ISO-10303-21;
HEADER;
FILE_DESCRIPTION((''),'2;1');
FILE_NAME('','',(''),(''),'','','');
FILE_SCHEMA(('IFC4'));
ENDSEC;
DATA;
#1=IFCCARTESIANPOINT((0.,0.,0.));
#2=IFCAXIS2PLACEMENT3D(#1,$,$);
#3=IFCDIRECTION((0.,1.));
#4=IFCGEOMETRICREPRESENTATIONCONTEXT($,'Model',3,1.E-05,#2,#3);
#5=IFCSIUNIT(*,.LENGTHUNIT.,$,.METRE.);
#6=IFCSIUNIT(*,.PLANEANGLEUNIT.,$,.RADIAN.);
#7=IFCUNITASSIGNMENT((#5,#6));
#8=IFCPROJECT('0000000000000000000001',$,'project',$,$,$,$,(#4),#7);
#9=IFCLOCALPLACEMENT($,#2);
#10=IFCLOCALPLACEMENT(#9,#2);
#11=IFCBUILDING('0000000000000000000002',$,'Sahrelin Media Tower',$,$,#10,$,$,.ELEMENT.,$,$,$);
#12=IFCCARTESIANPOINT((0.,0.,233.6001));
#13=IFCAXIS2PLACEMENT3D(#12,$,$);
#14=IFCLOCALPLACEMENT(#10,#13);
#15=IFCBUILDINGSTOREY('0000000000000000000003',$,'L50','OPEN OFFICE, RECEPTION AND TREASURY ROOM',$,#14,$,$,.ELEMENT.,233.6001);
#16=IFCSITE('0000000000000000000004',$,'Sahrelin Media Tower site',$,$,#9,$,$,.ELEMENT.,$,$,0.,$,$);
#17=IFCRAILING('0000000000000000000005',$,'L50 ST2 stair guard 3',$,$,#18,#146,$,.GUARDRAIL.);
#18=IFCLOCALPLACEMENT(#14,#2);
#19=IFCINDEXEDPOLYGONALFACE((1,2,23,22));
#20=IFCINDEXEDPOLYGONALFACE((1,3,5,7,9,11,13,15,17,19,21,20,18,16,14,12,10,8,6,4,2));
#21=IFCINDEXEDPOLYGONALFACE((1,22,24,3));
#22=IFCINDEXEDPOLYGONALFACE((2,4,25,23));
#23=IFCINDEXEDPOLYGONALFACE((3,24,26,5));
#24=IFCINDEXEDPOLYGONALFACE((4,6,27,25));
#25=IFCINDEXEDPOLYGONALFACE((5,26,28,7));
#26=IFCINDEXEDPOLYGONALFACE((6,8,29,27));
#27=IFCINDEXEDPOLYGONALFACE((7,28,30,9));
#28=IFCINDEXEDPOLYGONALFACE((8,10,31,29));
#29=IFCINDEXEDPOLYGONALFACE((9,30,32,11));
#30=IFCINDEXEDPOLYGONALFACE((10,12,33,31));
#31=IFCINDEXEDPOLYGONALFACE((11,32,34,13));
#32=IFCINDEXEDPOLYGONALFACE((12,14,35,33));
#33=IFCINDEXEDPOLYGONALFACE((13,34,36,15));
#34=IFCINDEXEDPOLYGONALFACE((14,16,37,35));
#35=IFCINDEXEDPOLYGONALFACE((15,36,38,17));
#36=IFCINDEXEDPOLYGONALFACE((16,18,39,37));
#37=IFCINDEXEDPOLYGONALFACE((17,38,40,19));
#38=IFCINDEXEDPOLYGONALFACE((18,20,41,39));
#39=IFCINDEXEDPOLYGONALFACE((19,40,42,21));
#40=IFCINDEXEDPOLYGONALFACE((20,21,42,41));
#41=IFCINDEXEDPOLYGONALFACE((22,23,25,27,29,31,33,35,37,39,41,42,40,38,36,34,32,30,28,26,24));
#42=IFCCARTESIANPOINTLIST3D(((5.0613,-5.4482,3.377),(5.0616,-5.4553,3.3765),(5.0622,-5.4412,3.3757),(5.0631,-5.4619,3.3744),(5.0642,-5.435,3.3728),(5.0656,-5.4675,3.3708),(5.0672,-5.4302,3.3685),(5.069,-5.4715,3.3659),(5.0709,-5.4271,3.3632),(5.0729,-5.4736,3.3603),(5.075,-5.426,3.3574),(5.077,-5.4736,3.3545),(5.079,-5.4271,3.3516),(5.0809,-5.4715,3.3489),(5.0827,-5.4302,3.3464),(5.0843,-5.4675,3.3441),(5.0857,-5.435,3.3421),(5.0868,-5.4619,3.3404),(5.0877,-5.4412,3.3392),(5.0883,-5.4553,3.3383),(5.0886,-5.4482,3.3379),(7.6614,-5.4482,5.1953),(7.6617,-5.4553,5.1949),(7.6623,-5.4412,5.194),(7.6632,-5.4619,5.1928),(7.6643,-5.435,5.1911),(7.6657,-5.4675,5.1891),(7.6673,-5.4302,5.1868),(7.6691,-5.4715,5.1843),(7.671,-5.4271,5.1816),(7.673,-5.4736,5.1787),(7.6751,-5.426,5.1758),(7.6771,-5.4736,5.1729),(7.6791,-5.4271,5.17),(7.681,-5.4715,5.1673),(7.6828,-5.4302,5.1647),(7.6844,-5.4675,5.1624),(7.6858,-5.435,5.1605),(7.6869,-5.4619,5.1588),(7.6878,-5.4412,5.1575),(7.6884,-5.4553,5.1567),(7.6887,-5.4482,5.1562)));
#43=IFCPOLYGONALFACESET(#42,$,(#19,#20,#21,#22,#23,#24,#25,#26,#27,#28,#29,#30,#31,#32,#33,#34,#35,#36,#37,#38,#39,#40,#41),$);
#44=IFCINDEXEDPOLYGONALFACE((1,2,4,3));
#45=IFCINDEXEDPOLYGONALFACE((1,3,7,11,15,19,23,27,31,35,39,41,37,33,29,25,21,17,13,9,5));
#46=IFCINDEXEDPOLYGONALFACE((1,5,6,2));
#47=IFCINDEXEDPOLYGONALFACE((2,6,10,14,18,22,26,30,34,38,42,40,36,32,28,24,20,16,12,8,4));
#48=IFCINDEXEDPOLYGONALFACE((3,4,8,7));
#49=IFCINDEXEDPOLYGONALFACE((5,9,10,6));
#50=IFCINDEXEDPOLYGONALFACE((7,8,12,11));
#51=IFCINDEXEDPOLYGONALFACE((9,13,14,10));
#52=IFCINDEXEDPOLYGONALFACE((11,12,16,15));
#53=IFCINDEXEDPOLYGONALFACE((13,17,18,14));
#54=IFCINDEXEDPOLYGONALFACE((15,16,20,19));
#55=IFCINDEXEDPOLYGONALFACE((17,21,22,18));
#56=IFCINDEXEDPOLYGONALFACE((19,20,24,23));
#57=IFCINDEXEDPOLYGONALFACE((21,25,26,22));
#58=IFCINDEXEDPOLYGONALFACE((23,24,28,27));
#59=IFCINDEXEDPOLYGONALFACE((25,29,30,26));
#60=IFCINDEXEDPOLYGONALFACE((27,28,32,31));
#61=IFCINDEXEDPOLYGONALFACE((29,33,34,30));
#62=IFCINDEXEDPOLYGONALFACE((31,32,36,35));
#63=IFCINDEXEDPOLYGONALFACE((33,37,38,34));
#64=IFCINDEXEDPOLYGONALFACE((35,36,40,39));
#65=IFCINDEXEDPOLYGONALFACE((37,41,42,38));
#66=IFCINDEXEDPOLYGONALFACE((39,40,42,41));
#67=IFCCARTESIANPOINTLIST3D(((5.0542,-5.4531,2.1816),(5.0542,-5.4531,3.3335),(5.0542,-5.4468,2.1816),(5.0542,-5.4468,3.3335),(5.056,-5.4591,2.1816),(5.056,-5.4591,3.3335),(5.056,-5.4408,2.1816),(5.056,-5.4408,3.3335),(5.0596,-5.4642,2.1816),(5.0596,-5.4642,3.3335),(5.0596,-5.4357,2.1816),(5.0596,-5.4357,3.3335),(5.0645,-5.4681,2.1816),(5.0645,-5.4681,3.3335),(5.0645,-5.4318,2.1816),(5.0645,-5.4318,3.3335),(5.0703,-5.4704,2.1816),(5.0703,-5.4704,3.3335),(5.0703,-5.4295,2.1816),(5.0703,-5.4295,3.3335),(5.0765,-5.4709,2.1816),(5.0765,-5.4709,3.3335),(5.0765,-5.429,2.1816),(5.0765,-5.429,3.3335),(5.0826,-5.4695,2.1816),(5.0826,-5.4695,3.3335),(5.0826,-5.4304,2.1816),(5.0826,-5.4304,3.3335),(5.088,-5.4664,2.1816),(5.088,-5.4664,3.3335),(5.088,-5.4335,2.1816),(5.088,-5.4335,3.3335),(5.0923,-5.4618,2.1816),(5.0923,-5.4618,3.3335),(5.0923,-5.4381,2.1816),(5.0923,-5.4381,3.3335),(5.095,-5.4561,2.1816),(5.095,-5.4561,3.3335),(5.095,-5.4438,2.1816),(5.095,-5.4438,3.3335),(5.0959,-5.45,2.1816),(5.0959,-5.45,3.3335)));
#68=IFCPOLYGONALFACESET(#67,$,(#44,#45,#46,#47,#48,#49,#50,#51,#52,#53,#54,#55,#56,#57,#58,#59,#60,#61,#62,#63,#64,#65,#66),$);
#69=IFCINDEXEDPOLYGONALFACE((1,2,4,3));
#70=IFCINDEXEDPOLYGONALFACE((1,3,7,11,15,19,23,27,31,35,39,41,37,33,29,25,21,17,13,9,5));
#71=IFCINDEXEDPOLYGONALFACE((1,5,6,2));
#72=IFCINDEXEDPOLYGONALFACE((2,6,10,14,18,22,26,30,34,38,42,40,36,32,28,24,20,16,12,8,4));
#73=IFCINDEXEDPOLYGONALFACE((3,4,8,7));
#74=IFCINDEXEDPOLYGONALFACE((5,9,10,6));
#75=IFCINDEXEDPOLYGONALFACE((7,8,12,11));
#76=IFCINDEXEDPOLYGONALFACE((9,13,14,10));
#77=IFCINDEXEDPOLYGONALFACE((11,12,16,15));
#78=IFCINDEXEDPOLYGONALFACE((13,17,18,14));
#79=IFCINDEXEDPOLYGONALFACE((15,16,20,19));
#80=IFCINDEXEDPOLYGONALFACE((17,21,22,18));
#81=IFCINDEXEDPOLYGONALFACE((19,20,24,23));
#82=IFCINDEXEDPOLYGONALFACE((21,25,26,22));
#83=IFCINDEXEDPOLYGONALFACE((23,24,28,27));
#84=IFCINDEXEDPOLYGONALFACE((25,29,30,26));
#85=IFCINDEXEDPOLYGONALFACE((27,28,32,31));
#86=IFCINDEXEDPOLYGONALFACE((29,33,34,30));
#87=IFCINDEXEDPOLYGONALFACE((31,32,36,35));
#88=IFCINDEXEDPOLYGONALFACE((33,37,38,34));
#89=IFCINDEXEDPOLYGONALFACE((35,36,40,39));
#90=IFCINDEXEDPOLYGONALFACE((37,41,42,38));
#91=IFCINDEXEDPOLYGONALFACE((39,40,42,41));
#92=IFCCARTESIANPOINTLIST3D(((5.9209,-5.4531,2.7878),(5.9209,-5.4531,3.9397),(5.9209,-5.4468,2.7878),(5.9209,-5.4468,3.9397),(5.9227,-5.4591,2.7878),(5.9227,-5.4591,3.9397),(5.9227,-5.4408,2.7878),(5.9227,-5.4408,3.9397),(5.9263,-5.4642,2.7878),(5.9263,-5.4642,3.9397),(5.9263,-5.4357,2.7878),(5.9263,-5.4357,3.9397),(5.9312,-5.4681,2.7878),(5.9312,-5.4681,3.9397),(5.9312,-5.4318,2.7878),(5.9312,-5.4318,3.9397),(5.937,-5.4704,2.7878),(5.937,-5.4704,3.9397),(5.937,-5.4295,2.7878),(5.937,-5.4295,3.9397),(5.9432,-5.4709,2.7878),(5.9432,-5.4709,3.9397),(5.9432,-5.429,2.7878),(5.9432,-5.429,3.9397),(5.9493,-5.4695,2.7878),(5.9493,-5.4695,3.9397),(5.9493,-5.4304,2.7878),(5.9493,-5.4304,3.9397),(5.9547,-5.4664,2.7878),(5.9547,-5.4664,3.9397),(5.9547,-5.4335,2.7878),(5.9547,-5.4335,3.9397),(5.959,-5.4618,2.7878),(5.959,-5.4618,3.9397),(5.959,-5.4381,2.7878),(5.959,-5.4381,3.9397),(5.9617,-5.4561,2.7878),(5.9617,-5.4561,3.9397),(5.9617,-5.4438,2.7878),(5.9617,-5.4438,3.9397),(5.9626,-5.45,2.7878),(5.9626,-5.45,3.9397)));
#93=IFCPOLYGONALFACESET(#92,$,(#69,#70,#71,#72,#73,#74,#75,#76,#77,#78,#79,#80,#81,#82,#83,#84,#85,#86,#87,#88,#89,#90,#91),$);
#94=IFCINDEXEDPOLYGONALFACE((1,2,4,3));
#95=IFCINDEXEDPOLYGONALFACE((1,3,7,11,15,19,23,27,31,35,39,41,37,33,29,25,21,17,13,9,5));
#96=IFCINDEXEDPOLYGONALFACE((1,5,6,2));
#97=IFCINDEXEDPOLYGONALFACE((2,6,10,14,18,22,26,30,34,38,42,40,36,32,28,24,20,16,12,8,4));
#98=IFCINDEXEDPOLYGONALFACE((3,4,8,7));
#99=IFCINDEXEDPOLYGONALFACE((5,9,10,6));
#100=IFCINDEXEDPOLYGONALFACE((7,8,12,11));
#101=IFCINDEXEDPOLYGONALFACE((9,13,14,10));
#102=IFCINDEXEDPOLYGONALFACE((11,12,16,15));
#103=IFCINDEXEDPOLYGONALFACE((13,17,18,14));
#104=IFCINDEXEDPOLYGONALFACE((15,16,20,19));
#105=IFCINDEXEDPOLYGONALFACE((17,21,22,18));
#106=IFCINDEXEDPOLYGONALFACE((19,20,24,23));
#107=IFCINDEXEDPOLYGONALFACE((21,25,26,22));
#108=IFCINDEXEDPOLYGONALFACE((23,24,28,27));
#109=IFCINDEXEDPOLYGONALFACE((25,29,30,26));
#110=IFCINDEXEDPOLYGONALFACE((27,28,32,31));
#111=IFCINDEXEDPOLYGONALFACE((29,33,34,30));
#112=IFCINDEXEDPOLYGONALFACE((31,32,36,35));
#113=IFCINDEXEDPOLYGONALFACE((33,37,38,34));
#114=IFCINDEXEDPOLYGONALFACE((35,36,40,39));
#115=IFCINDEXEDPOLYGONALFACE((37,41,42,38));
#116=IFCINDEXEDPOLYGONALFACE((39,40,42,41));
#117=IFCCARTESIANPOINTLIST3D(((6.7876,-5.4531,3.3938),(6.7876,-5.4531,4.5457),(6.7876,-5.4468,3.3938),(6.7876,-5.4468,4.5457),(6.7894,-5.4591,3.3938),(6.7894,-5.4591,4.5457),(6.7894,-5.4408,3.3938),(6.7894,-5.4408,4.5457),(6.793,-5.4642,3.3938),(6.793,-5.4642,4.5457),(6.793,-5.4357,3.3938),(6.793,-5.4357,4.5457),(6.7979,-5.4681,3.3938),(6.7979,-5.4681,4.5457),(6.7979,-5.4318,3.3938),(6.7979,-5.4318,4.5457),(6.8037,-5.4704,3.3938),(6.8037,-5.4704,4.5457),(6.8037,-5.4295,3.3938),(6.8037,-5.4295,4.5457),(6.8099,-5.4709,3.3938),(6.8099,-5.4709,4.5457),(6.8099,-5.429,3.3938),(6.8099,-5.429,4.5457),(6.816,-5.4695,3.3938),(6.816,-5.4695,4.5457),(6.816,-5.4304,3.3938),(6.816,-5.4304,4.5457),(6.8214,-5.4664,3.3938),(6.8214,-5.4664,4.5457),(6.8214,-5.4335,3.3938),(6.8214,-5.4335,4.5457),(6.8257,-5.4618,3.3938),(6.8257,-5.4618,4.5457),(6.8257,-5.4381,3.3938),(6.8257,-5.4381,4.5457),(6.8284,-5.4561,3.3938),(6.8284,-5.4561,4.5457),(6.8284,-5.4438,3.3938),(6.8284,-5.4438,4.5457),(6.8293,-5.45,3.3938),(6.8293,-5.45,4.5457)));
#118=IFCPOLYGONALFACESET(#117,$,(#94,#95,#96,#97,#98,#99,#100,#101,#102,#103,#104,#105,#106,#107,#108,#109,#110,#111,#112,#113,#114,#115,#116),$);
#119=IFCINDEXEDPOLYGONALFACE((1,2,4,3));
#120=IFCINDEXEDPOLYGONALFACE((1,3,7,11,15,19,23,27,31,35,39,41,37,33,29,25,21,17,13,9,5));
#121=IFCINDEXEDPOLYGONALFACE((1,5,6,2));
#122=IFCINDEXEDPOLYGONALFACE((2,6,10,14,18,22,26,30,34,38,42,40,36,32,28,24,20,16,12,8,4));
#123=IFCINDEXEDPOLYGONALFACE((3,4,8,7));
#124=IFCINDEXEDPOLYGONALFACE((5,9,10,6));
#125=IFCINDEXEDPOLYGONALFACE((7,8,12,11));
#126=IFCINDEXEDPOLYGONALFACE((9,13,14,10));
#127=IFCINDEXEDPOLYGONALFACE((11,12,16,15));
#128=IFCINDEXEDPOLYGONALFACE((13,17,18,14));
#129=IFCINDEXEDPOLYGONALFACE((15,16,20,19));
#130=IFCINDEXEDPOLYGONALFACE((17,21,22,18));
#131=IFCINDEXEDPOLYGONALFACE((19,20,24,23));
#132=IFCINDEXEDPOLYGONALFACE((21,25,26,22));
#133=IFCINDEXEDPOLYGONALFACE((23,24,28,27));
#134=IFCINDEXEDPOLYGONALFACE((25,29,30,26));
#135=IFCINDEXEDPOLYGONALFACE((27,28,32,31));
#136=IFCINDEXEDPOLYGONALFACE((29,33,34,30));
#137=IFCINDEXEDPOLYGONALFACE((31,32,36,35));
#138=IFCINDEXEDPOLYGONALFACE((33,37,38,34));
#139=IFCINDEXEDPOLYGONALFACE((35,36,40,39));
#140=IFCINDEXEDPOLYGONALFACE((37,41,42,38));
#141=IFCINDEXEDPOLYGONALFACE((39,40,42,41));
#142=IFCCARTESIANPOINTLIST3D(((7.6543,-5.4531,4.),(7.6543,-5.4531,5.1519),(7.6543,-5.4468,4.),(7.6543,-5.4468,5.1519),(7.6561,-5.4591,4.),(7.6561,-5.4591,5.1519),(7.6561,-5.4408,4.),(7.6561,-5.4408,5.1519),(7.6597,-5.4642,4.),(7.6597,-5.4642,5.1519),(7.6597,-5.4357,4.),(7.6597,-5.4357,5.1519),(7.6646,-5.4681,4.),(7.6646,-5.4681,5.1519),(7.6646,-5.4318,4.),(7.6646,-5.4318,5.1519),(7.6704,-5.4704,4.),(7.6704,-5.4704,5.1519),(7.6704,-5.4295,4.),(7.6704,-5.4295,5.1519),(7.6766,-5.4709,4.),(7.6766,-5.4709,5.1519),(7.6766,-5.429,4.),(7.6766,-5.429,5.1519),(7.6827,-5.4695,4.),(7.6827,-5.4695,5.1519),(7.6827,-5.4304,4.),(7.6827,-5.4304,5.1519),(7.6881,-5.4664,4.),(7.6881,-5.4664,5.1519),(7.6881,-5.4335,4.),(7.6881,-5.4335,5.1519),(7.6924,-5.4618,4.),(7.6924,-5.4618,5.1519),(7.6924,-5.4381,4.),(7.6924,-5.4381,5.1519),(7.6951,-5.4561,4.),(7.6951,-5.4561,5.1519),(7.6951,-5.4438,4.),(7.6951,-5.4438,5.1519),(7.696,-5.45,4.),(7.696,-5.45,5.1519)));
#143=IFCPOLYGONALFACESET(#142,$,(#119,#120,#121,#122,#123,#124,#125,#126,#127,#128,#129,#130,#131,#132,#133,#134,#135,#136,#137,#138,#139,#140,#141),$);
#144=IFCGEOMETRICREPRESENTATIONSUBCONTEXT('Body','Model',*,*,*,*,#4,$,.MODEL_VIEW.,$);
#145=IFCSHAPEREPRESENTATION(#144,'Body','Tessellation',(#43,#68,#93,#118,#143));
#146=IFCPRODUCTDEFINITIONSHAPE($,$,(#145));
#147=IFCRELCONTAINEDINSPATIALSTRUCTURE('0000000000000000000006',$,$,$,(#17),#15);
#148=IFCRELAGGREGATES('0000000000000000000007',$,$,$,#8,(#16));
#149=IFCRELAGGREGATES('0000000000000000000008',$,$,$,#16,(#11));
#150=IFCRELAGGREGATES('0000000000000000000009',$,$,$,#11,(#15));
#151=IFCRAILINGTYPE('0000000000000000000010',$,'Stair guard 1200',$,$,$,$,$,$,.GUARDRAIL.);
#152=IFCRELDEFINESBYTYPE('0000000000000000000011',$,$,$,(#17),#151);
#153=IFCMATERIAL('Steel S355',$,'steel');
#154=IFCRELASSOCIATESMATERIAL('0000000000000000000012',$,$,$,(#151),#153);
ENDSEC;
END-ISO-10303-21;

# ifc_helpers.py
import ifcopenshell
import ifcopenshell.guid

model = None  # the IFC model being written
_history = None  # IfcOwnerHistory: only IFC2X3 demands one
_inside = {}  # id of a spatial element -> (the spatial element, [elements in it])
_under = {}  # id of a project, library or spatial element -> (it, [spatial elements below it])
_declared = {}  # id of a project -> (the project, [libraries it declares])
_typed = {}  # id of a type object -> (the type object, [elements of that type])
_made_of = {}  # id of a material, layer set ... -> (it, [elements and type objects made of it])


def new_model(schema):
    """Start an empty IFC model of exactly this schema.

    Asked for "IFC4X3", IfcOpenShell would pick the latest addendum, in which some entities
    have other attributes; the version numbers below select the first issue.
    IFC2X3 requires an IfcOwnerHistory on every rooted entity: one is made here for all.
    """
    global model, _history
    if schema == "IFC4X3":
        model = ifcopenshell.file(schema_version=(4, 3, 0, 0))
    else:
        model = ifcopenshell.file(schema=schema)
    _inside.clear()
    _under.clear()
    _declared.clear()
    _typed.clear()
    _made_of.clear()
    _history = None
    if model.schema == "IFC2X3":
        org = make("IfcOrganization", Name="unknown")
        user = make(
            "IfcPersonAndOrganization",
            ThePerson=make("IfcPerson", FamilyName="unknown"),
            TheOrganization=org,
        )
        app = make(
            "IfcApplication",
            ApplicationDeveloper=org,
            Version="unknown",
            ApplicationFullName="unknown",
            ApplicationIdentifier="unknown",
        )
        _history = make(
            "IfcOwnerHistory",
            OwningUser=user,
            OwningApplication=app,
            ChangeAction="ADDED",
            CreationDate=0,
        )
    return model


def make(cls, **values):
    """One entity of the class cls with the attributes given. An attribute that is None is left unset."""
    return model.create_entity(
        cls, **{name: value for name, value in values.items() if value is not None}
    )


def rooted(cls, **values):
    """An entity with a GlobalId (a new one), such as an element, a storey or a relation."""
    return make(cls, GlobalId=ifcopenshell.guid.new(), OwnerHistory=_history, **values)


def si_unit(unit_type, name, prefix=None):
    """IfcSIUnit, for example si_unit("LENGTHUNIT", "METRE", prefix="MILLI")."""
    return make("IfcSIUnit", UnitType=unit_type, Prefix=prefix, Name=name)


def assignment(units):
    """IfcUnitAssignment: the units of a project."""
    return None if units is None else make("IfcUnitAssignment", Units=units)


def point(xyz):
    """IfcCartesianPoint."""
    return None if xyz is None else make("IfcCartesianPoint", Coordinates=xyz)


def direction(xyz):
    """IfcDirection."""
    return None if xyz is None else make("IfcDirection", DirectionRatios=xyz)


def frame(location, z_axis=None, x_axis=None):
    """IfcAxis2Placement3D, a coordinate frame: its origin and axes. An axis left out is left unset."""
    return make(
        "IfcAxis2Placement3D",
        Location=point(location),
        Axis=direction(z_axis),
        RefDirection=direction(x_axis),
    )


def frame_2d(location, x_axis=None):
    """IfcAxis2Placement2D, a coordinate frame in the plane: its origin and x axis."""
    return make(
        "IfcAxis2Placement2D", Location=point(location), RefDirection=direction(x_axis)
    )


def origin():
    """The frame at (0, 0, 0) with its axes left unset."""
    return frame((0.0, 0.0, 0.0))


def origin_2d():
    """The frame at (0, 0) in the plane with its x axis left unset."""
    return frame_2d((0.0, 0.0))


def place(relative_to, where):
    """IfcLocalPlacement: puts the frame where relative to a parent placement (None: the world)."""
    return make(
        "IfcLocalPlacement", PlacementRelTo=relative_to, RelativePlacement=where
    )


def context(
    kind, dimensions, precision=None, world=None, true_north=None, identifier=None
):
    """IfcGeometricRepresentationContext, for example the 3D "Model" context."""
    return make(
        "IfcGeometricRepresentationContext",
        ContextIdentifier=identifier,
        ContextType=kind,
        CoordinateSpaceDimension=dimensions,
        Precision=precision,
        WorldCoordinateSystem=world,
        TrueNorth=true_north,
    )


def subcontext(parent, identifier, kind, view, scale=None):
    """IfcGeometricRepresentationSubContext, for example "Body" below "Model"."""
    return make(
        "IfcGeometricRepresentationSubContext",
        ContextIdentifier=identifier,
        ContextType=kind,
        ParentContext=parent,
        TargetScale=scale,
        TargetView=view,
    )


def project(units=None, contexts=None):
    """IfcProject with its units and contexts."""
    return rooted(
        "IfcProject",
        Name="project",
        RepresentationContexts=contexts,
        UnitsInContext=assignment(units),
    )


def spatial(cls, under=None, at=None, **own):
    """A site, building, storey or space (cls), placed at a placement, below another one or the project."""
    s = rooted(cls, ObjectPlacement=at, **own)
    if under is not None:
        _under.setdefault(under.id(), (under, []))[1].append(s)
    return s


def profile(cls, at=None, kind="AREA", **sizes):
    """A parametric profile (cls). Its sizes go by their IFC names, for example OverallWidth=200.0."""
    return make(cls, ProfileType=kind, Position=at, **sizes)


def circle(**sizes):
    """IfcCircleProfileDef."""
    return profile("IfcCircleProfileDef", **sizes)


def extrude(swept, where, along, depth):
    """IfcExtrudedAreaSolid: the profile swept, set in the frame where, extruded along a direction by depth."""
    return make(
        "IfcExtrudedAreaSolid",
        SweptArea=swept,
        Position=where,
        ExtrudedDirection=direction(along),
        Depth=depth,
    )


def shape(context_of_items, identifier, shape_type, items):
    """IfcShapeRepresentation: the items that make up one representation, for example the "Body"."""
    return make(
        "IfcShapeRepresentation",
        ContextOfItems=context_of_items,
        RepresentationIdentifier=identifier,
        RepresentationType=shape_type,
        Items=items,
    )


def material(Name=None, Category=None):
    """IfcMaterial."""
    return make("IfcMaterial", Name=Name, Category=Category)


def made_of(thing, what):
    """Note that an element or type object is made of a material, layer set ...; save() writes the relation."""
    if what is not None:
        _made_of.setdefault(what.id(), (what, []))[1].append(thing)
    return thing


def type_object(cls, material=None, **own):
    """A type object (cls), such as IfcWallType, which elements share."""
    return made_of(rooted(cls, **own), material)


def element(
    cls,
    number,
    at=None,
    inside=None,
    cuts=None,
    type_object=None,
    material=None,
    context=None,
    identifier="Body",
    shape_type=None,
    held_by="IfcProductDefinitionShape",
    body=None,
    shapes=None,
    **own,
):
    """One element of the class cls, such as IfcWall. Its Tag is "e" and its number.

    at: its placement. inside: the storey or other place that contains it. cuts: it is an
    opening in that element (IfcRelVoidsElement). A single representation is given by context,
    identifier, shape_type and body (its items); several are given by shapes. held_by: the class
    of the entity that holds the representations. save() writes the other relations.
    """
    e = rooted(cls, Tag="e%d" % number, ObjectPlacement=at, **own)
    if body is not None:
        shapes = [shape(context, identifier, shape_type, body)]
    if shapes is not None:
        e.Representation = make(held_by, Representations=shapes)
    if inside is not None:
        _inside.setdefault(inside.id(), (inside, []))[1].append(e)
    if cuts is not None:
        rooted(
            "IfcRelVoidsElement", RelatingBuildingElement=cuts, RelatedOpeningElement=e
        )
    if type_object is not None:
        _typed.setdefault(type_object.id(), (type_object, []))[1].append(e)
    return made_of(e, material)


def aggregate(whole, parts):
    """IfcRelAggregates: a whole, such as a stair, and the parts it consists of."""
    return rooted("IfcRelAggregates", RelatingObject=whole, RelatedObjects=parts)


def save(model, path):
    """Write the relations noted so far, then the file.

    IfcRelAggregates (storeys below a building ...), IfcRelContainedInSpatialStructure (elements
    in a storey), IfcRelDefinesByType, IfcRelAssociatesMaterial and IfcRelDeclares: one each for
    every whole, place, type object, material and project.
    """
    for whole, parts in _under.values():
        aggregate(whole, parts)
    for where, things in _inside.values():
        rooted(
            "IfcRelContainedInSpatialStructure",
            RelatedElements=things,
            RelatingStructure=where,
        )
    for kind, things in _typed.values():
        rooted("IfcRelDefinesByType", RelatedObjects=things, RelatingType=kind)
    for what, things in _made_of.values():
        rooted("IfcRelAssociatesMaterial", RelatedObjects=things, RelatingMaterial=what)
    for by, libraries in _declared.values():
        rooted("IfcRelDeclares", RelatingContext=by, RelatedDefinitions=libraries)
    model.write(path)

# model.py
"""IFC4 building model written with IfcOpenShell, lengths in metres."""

from ifc_helpers import new_model, si_unit, direction, frame, origin, origin_2d, place, context, subcontext, project, spatial, circle, extrude, material, type_object, element, save


model = new_model("IFC4")

# Units and contexts
model_context = context("Model", 3, precision=1e-05, world=origin(), true_north=direction((0.0, 1.0)))
body_context = subcontext(model_context, "Body", "Model", "MODEL_VIEW")
ifc_project = project(units=[si_unit("LENGTHUNIT", "METRE"), si_unit("PLANEANGLEUNIT", "RADIAN")], contexts=[model_context])

# Site, building, storey
site_placement = place(None, origin())
site = spatial("IfcSite", under=ifc_project, at=site_placement, Name="Sahrelin Media Tower site", CompositionType="ELEMENT", RefElevation=0.0)
building_placement = place(site_placement, origin())
building = spatial("IfcBuilding", under=site, at=building_placement, Name="Sahrelin Media Tower", CompositionType="ELEMENT")
storey_placement = place(building_placement, frame((0.0, 0.0, 233.6001)))
storey = spatial("IfcBuildingStorey", under=building, at=storey_placement, Name="L50", Description="OPEN OFFICE, RECEPTION AND TREASURY ROOM", CompositionType="ELEMENT", Elevation=233.6001)

# Shared definitions
ifc_material_1 = material(Name="Steel S355", Category="steel")

# Railing
railing_type_1 = type_object("IfcRailingType", Name="Stair guard 1200", PredefinedType="GUARDRAIL", material=ifc_material_1)
railing_1_placement = place(storey_placement, frame((5.075, -5.45, 2.1816)))
element("IfcRailing", 1, at=railing_1_placement, inside=storey, type_object=railing_type_1, Name="L50 ST2 stair guard 3", PredefinedType="GUARDRAIL", context=body_context, shape_type="SweptSolid", body=[
    extrude(circle(Radius=0.0239, at=origin_2d()), frame((0.0, 0.0, 1.1758), z_axis=(0.819485, 0.0, 0.573101), x_axis=(0.0, 1.0, 0.0)), (0.0, 0.0, 1.0), 3.1729),
    extrude(circle(Radius=0.021, at=origin_2d()), origin(), (0.0, 0.0, 1.0), 1.1519),
    extrude(circle(Radius=0.021, at=origin_2d()), frame((0.8667, 0.0, 0.6062)), (0.0, 0.0, 1.0), 1.1519),
    extrude(circle(Radius=0.021, at=origin_2d()), frame((1.7334, 0.0, 1.2122)), (0.0, 0.0, 1.0), 1.1519),
    extrude(circle(Radius=0.021, at=origin_2d()), frame((2.6001, 0.0, 1.8184)), (0.0, 0.0, 1.0), 1.1519),
])

save(model, "model.ifc")
